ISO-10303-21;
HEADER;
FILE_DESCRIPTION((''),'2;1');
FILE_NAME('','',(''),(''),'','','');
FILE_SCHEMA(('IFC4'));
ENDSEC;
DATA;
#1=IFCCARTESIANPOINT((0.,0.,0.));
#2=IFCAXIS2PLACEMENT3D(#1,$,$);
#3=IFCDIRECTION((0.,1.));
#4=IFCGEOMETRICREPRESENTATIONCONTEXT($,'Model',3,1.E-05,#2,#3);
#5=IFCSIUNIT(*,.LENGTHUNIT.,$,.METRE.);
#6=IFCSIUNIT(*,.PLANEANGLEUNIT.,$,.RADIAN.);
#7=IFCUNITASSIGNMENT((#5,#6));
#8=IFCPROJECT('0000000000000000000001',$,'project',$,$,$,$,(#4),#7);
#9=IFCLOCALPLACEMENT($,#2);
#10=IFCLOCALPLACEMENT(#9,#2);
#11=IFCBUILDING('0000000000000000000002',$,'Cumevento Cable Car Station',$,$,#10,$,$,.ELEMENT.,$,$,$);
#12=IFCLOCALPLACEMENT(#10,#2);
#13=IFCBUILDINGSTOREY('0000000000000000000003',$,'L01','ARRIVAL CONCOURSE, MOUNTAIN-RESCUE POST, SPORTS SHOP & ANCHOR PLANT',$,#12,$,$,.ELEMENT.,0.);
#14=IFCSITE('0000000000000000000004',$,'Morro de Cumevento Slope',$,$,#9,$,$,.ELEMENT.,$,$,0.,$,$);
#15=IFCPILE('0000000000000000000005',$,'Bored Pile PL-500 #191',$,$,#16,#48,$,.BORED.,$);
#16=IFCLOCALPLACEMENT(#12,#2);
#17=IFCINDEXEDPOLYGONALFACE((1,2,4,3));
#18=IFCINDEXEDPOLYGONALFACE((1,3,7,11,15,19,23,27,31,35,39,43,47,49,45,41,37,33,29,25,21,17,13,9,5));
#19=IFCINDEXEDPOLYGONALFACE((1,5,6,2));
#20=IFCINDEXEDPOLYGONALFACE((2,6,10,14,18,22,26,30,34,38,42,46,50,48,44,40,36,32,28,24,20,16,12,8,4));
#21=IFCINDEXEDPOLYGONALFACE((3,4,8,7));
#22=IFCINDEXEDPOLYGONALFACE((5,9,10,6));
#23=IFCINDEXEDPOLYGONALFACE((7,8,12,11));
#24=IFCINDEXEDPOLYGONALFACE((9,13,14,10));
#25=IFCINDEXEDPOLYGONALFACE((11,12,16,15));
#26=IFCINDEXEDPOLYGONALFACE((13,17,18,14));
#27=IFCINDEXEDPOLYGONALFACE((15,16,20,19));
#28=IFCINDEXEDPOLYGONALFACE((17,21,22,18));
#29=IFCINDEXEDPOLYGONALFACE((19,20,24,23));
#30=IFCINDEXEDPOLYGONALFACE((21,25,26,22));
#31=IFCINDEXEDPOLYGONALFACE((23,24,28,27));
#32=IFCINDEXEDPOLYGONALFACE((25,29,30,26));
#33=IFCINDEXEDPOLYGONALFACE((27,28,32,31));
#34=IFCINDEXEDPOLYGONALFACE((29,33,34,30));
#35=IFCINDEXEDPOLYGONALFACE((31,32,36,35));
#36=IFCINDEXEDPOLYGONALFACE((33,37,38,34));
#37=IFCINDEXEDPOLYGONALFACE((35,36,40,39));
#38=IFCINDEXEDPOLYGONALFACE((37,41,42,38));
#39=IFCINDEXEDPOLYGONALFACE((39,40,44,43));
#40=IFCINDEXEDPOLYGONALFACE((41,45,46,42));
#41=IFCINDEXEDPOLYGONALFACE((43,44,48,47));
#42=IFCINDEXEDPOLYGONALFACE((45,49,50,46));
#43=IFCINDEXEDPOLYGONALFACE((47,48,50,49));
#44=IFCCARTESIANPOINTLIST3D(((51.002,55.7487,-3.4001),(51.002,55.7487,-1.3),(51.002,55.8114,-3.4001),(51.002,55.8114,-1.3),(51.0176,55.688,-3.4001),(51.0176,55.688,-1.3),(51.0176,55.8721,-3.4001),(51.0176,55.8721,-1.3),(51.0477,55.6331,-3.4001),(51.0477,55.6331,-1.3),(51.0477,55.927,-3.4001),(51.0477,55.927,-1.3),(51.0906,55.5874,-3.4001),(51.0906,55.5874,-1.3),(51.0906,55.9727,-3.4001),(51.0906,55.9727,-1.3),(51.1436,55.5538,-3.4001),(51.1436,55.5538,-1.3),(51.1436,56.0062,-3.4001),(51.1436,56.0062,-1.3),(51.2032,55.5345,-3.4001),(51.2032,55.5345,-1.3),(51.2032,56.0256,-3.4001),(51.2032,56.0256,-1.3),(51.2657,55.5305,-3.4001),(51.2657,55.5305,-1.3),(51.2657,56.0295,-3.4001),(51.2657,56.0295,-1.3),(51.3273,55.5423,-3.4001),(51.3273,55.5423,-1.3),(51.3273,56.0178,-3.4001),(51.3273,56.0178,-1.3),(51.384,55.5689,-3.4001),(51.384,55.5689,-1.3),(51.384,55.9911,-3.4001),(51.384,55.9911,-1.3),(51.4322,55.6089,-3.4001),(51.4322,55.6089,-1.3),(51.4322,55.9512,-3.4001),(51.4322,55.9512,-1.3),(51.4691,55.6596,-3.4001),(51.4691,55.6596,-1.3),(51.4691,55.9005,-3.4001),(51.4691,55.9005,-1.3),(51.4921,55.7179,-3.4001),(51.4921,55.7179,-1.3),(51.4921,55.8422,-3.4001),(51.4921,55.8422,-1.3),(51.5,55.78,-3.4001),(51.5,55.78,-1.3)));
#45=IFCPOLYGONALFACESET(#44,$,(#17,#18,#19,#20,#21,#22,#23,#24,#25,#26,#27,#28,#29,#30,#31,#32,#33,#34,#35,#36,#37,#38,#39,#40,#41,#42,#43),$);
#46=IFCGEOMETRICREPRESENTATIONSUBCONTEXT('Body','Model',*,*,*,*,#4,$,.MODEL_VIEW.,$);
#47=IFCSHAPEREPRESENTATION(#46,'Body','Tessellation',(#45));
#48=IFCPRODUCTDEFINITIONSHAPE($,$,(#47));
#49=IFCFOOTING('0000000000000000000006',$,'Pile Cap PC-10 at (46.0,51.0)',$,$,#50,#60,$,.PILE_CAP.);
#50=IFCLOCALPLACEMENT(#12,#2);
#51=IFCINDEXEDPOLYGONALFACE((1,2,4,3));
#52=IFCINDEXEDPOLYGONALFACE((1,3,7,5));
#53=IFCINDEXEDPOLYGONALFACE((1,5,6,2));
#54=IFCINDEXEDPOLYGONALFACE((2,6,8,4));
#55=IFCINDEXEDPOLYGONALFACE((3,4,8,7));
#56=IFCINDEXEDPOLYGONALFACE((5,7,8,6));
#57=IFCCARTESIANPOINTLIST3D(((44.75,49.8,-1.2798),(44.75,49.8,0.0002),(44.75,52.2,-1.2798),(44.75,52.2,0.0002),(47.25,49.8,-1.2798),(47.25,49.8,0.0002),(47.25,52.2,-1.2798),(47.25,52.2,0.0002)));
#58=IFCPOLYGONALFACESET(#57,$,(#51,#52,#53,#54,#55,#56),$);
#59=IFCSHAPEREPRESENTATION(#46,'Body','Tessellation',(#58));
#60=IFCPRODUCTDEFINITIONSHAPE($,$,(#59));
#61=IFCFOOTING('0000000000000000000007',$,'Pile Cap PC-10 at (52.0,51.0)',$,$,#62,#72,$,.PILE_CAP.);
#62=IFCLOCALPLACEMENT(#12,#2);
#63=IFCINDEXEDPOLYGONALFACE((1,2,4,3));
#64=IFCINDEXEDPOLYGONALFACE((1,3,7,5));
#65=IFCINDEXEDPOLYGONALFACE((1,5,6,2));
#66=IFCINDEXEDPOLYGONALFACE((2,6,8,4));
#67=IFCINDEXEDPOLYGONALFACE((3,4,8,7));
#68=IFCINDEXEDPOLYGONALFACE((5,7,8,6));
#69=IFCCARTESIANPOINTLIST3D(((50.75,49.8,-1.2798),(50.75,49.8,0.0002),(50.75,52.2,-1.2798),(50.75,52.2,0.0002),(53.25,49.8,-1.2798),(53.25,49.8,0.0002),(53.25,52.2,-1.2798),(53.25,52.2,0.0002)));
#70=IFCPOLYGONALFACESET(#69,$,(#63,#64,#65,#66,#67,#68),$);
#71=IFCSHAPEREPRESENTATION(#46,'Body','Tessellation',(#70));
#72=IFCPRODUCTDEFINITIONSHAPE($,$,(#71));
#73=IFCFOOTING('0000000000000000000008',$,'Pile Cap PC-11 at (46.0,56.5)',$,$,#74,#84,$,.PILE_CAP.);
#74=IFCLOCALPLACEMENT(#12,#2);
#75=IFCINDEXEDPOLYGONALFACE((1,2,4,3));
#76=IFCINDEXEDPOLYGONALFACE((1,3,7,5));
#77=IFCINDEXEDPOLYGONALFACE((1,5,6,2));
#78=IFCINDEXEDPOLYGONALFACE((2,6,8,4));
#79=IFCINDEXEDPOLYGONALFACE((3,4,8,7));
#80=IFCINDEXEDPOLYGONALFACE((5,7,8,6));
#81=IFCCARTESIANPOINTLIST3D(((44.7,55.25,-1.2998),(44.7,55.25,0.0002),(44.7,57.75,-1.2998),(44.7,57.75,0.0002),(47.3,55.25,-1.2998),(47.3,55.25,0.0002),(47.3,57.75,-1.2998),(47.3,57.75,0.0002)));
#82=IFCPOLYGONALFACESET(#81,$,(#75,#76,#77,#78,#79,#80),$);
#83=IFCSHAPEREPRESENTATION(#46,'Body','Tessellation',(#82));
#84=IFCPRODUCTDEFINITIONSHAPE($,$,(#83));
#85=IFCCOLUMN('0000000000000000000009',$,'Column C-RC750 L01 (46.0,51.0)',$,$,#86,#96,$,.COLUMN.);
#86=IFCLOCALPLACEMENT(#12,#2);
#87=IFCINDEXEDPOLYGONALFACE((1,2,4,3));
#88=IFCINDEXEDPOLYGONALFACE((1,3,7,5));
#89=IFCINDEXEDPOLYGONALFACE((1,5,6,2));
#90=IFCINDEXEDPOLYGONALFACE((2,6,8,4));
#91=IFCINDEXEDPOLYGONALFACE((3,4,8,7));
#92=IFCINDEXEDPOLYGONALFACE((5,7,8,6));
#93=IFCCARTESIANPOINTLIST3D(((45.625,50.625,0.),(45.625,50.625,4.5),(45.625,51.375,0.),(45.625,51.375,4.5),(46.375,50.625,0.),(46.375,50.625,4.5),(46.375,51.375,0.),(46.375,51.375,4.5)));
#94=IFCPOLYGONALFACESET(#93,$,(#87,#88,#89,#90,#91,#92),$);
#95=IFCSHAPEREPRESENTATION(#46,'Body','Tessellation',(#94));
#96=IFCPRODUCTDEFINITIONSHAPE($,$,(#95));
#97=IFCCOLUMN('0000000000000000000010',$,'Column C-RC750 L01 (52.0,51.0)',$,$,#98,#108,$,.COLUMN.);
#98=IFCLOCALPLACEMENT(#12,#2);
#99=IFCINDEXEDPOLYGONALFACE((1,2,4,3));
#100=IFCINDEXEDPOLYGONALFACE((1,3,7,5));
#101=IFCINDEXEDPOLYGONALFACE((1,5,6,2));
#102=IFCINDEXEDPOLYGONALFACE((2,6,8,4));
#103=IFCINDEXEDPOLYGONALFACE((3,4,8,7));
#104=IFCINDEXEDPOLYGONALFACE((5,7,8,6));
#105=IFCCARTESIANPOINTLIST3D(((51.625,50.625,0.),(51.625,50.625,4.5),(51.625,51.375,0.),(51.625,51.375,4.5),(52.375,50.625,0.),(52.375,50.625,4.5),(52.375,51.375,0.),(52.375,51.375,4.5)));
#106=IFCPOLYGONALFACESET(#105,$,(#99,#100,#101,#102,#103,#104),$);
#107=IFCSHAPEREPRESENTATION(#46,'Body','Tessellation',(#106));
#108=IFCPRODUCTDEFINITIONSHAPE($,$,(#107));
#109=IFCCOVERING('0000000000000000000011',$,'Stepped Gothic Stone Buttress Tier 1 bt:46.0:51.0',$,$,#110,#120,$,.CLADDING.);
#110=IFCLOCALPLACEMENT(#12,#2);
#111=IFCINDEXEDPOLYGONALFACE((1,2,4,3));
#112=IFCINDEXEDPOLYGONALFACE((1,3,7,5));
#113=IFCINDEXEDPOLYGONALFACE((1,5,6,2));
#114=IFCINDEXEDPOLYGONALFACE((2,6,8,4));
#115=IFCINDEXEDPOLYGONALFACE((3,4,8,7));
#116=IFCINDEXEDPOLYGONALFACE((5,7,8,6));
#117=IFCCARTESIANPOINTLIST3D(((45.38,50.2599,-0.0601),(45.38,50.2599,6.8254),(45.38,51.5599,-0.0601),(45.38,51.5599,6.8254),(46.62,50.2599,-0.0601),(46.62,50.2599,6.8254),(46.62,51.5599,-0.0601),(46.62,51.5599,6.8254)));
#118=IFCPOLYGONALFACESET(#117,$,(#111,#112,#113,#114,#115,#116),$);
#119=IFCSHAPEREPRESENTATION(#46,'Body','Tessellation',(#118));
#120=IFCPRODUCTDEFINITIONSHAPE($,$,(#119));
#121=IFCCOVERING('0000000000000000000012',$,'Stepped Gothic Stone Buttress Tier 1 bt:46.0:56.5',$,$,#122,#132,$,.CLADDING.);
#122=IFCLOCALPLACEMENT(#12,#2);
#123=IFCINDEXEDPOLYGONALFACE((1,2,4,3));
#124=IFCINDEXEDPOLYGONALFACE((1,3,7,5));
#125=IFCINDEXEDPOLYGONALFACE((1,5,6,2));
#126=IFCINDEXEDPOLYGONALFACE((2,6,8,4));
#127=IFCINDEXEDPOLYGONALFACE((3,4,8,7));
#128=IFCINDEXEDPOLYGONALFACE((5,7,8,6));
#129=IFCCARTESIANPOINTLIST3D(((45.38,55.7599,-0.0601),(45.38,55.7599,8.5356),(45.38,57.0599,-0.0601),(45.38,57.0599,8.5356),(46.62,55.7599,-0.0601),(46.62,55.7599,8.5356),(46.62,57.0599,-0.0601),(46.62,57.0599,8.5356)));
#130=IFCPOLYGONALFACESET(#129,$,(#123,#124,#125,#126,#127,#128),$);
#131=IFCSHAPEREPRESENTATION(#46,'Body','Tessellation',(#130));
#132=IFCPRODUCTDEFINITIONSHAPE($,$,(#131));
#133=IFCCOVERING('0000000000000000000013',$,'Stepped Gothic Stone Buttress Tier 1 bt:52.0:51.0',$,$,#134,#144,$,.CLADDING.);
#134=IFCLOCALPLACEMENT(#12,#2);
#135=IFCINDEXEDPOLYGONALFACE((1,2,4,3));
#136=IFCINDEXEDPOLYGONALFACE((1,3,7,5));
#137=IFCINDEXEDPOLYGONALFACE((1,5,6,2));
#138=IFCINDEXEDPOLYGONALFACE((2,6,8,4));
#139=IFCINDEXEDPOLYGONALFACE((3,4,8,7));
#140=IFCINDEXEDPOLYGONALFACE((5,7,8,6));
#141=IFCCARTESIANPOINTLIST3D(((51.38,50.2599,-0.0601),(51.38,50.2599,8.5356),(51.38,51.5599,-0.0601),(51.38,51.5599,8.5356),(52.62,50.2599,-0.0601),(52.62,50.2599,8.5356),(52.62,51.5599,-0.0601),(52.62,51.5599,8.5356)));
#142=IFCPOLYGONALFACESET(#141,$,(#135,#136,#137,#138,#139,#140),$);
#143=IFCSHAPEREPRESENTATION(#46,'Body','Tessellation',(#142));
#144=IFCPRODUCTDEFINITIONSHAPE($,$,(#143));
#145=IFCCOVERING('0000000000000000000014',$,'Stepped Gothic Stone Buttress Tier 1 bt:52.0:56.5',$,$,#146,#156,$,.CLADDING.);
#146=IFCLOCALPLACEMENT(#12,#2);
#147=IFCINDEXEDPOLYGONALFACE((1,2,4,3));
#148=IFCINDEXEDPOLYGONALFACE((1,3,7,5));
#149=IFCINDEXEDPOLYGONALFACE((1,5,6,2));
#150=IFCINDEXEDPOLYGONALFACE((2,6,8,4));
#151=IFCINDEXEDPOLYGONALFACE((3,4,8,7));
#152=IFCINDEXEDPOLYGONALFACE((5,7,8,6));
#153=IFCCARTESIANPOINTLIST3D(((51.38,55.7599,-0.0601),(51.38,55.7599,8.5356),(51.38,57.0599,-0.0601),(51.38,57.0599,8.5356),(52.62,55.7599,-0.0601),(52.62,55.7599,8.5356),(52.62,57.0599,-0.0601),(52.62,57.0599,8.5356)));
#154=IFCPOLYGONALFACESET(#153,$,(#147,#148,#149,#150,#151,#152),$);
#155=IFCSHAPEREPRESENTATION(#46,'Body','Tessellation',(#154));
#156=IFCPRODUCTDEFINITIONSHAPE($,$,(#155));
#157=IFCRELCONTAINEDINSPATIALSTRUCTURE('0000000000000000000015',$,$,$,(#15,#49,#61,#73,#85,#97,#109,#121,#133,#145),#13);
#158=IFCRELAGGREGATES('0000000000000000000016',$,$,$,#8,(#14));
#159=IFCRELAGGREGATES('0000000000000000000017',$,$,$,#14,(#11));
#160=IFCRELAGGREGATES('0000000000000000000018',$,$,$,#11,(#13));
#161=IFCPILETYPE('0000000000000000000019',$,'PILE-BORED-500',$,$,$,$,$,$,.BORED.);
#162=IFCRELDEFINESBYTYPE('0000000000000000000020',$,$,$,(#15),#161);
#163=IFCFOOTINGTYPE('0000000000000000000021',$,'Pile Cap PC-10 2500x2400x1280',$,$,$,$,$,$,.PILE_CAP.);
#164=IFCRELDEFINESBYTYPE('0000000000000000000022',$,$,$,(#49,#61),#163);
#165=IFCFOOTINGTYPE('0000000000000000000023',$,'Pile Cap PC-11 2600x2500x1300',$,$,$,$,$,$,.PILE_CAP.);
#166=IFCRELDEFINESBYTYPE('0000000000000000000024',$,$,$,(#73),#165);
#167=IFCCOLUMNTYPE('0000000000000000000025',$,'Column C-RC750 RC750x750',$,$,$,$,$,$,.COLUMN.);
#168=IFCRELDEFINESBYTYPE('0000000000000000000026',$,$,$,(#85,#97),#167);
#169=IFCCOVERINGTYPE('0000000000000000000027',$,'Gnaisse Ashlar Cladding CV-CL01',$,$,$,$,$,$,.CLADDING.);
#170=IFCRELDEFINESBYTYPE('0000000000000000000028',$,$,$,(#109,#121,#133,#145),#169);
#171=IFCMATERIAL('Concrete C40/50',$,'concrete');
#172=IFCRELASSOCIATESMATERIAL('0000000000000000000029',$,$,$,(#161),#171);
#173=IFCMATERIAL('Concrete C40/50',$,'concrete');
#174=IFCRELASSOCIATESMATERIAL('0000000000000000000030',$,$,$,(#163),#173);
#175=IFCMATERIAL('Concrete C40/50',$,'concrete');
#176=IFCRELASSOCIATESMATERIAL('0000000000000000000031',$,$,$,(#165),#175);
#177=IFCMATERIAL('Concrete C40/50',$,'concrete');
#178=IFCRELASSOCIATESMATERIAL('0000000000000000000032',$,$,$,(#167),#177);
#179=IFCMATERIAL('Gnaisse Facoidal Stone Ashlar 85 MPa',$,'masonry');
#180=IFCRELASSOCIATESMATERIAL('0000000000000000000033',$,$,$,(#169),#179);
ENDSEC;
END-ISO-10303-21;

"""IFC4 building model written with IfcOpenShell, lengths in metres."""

from ifc_helpers import new_model, si_unit, direction, frame, origin, origin_2d, place, context, subcontext, project, spatial, rectangle, circle, extrude, material, material_profile, profile_set, type_object, element, save


model = new_model("IFC4")

# Units and contexts
model_context = context("Model", 3, precision=1e-05, world=origin(), true_north=direction((0.0, 1.0)))
body_context = subcontext(model_context, "Body", "Model", "MODEL_VIEW")
ifc_project = project(units=[si_unit("LENGTHUNIT", "METRE"), si_unit("PLANEANGLEUNIT", "RADIAN")], contexts=[model_context])

# Site, building, storey
site_placement = place(None, origin())
site = spatial("IfcSite", under=ifc_project, at=site_placement, Name="Morro de Cumevento Slope", CompositionType="ELEMENT", RefElevation=0.0)
building_placement = place(site_placement, origin())
building = spatial("IfcBuilding", under=site, at=building_placement, Name="Cumevento Cable Car Station", CompositionType="ELEMENT")
storey_placement = place(building_placement, origin())
storey = spatial("IfcBuildingStorey", under=building, at=storey_placement, Name="L01", Description="ARRIVAL CONCOURSE, MOUNTAIN-RESCUE POST, SPORTS SHOP & ANCHOR PLANT", CompositionType="ELEMENT", Elevation=0.0)

# Pile
ifc_material_1 = material(Name="Concrete C40/50", Category="concrete")
ifc_material_profile_1 = material_profile(ifc_material_1, circle(Radius=0.25, at=origin_2d()), Name="PILE-D500")
ifc_profile_set_1 = profile_set([ifc_material_profile_1], Name="Concrete C40/50")
pile_type = type_object("IfcPileType", Name="PILE-BORED-500", PredefinedType="BORED", material=ifc_profile_set_1)
pile_placement = place(storey_placement, frame((51.25, 55.78, -1.3), z_axis=(0.0, 0.0, -1.0), x_axis=(1.0, 0.0, 0.0)))
element("IfcPile", 1, at=pile_placement, inside=storey, type_object=pile_type, Name="Bored Pile PL-500 #191", PredefinedType="BORED", context=body_context, shape_type="SweptSolid", body=[
    extrude(circle(Radius=0.25, at=origin_2d()), origin(), (0.0, 0.0, 1.0), 2.1001),
])

# Footings
ifc_material_2 = material(Name="Concrete C40/50", Category="concrete")
footing_type_1 = type_object("IfcFootingType", Name="Pile Cap PC-10 2500x2400x1280", PredefinedType="PILE_CAP", material=ifc_material_2)
for number, where, z_axis, x_axis, name in (
    (2, (46.0, 51.0, -1.2798), (0.0, 0.0, 1.0), (1.0, 0.0, 0.0), "Pile Cap PC-10 at (46.0,51.0)"),
    (3, (52.0, 51.0, -1.2798), (0.0, 0.0, 1.0), (1.0, 0.0, 0.0), "Pile Cap PC-10 at (52.0,51.0)"),
):
    element("IfcFooting", number, at=place(storey_placement, frame(where, z_axis=z_axis, x_axis=x_axis)), inside=storey, type_object=footing_type_1, Name=name, PredefinedType="PILE_CAP", context=body_context, shape_type="SweptSolid", body=[
        extrude(rectangle(XDim=2.5, YDim=2.3999, at=origin_2d()), origin(), (0.0, 0.0, 1.0), 1.28),
    ])
ifc_material_3 = material(Name="Concrete C40/50", Category="concrete")
footing_type_2 = type_object("IfcFootingType", Name="Pile Cap PC-11 2600x2500x1300", PredefinedType="PILE_CAP", material=ifc_material_3)
footing_placement = place(storey_placement, frame((46.0, 56.5, -1.2998), z_axis=(0.0, 0.0, 1.0), x_axis=(1.0, 0.0, 0.0)))
element("IfcFooting", 4, at=footing_placement, inside=storey, type_object=footing_type_2, Name="Pile Cap PC-11 at (46.0,56.5)", PredefinedType="PILE_CAP", context=body_context, shape_type="SweptSolid", body=[
    extrude(rectangle(XDim=2.6001, YDim=2.5, at=origin_2d()), origin(), (0.0, 0.0, 1.0), 1.3),
])

# Columns
ifc_material_4 = material(Name="Concrete C40/50", Category="concrete")
ifc_material_profile_2 = material_profile(ifc_material_4, rectangle(XDim=0.75, YDim=0.75, at=origin_2d()), Name="RC750x750")
ifc_profile_set_2 = profile_set([ifc_material_profile_2], Name="Concrete C40/50")
column_type = type_object("IfcColumnType", Name="Column C-RC750 RC750x750", PredefinedType="COLUMN", material=ifc_profile_set_2)
for number, where, z_axis, x_axis, name in (
    (5, (46.0, 51.0, 0.0), (0.0, 0.0, 1.0), (1.0, 0.0, 0.0), "Column C-RC750 L01 (46.0,51.0)"),
    (6, (52.0, 51.0, 0.0), (0.0, 0.0, 1.0), (1.0, 0.0, 0.0), "Column C-RC750 L01 (52.0,51.0)"),
):
    element("IfcColumn", number, at=place(storey_placement, frame(where, z_axis=z_axis, x_axis=x_axis)), inside=storey, type_object=column_type, Name=name, PredefinedType="COLUMN", context=body_context, shape_type="SweptSolid", body=[
        extrude(rectangle(XDim=0.75, YDim=0.75, at=origin_2d()), origin(), (0.0, 0.0, 1.0), 4.5),
    ])

# Coverings
ifc_material_5 = material(Name="Gnaisse Facoidal Stone Ashlar 85 MPa", Category="masonry")
covering_type = type_object("IfcCoveringType", Name="Gnaisse Ashlar Cladding CV-CL01", PredefinedType="CLADDING", material=ifc_material_5)
covering_placement = place(storey_placement, frame((46.0, 50.9099, -0.0601), z_axis=(0.0, 0.0, 1.0), x_axis=(1.0, 0.0, 0.0)))
element("IfcCovering", 7, at=covering_placement, inside=storey, type_object=covering_type, Name="Stepped Gothic Stone Buttress Tier 1 bt:46.0:51.0", PredefinedType="CLADDING", context=body_context, shape_type="SweptSolid", body=[
    extrude(rectangle(XDim=1.24, YDim=1.3, at=origin_2d()), origin(), (0.0, 0.0, 1.0), 6.8855),
])
for number, where, z_axis, x_axis, name in (
    (8, (46.0, 56.4099, -0.0601), (0.0, 0.0, 1.0), (1.0, 0.0, 0.0), "Stepped Gothic Stone Buttress Tier 1 bt:46.0:56.5"),
    (9, (52.0, 50.9099, -0.0601), (0.0, 0.0, 1.0), (1.0, 0.0, 0.0), "Stepped Gothic Stone Buttress Tier 1 bt:52.0:51.0"),
    (10, (52.0, 56.4099, -0.0601), (0.0, 0.0, 1.0), (1.0, 0.0, 0.0), "Stepped Gothic Stone Buttress Tier 1 bt:52.0:56.5"),
):
    element("IfcCovering", number, at=place(storey_placement, frame(where, z_axis=z_axis, x_axis=x_axis)), inside=storey, type_object=covering_type, Name=name, PredefinedType="CLADDING", context=body_context, shape_type="SweptSolid", body=[
        extrude(rectangle(XDim=1.24, YDim=1.3, at=origin_2d()), origin(), (0.0, 0.0, 1.0), 8.5957),
    ])

save(model, "model.ifc")
